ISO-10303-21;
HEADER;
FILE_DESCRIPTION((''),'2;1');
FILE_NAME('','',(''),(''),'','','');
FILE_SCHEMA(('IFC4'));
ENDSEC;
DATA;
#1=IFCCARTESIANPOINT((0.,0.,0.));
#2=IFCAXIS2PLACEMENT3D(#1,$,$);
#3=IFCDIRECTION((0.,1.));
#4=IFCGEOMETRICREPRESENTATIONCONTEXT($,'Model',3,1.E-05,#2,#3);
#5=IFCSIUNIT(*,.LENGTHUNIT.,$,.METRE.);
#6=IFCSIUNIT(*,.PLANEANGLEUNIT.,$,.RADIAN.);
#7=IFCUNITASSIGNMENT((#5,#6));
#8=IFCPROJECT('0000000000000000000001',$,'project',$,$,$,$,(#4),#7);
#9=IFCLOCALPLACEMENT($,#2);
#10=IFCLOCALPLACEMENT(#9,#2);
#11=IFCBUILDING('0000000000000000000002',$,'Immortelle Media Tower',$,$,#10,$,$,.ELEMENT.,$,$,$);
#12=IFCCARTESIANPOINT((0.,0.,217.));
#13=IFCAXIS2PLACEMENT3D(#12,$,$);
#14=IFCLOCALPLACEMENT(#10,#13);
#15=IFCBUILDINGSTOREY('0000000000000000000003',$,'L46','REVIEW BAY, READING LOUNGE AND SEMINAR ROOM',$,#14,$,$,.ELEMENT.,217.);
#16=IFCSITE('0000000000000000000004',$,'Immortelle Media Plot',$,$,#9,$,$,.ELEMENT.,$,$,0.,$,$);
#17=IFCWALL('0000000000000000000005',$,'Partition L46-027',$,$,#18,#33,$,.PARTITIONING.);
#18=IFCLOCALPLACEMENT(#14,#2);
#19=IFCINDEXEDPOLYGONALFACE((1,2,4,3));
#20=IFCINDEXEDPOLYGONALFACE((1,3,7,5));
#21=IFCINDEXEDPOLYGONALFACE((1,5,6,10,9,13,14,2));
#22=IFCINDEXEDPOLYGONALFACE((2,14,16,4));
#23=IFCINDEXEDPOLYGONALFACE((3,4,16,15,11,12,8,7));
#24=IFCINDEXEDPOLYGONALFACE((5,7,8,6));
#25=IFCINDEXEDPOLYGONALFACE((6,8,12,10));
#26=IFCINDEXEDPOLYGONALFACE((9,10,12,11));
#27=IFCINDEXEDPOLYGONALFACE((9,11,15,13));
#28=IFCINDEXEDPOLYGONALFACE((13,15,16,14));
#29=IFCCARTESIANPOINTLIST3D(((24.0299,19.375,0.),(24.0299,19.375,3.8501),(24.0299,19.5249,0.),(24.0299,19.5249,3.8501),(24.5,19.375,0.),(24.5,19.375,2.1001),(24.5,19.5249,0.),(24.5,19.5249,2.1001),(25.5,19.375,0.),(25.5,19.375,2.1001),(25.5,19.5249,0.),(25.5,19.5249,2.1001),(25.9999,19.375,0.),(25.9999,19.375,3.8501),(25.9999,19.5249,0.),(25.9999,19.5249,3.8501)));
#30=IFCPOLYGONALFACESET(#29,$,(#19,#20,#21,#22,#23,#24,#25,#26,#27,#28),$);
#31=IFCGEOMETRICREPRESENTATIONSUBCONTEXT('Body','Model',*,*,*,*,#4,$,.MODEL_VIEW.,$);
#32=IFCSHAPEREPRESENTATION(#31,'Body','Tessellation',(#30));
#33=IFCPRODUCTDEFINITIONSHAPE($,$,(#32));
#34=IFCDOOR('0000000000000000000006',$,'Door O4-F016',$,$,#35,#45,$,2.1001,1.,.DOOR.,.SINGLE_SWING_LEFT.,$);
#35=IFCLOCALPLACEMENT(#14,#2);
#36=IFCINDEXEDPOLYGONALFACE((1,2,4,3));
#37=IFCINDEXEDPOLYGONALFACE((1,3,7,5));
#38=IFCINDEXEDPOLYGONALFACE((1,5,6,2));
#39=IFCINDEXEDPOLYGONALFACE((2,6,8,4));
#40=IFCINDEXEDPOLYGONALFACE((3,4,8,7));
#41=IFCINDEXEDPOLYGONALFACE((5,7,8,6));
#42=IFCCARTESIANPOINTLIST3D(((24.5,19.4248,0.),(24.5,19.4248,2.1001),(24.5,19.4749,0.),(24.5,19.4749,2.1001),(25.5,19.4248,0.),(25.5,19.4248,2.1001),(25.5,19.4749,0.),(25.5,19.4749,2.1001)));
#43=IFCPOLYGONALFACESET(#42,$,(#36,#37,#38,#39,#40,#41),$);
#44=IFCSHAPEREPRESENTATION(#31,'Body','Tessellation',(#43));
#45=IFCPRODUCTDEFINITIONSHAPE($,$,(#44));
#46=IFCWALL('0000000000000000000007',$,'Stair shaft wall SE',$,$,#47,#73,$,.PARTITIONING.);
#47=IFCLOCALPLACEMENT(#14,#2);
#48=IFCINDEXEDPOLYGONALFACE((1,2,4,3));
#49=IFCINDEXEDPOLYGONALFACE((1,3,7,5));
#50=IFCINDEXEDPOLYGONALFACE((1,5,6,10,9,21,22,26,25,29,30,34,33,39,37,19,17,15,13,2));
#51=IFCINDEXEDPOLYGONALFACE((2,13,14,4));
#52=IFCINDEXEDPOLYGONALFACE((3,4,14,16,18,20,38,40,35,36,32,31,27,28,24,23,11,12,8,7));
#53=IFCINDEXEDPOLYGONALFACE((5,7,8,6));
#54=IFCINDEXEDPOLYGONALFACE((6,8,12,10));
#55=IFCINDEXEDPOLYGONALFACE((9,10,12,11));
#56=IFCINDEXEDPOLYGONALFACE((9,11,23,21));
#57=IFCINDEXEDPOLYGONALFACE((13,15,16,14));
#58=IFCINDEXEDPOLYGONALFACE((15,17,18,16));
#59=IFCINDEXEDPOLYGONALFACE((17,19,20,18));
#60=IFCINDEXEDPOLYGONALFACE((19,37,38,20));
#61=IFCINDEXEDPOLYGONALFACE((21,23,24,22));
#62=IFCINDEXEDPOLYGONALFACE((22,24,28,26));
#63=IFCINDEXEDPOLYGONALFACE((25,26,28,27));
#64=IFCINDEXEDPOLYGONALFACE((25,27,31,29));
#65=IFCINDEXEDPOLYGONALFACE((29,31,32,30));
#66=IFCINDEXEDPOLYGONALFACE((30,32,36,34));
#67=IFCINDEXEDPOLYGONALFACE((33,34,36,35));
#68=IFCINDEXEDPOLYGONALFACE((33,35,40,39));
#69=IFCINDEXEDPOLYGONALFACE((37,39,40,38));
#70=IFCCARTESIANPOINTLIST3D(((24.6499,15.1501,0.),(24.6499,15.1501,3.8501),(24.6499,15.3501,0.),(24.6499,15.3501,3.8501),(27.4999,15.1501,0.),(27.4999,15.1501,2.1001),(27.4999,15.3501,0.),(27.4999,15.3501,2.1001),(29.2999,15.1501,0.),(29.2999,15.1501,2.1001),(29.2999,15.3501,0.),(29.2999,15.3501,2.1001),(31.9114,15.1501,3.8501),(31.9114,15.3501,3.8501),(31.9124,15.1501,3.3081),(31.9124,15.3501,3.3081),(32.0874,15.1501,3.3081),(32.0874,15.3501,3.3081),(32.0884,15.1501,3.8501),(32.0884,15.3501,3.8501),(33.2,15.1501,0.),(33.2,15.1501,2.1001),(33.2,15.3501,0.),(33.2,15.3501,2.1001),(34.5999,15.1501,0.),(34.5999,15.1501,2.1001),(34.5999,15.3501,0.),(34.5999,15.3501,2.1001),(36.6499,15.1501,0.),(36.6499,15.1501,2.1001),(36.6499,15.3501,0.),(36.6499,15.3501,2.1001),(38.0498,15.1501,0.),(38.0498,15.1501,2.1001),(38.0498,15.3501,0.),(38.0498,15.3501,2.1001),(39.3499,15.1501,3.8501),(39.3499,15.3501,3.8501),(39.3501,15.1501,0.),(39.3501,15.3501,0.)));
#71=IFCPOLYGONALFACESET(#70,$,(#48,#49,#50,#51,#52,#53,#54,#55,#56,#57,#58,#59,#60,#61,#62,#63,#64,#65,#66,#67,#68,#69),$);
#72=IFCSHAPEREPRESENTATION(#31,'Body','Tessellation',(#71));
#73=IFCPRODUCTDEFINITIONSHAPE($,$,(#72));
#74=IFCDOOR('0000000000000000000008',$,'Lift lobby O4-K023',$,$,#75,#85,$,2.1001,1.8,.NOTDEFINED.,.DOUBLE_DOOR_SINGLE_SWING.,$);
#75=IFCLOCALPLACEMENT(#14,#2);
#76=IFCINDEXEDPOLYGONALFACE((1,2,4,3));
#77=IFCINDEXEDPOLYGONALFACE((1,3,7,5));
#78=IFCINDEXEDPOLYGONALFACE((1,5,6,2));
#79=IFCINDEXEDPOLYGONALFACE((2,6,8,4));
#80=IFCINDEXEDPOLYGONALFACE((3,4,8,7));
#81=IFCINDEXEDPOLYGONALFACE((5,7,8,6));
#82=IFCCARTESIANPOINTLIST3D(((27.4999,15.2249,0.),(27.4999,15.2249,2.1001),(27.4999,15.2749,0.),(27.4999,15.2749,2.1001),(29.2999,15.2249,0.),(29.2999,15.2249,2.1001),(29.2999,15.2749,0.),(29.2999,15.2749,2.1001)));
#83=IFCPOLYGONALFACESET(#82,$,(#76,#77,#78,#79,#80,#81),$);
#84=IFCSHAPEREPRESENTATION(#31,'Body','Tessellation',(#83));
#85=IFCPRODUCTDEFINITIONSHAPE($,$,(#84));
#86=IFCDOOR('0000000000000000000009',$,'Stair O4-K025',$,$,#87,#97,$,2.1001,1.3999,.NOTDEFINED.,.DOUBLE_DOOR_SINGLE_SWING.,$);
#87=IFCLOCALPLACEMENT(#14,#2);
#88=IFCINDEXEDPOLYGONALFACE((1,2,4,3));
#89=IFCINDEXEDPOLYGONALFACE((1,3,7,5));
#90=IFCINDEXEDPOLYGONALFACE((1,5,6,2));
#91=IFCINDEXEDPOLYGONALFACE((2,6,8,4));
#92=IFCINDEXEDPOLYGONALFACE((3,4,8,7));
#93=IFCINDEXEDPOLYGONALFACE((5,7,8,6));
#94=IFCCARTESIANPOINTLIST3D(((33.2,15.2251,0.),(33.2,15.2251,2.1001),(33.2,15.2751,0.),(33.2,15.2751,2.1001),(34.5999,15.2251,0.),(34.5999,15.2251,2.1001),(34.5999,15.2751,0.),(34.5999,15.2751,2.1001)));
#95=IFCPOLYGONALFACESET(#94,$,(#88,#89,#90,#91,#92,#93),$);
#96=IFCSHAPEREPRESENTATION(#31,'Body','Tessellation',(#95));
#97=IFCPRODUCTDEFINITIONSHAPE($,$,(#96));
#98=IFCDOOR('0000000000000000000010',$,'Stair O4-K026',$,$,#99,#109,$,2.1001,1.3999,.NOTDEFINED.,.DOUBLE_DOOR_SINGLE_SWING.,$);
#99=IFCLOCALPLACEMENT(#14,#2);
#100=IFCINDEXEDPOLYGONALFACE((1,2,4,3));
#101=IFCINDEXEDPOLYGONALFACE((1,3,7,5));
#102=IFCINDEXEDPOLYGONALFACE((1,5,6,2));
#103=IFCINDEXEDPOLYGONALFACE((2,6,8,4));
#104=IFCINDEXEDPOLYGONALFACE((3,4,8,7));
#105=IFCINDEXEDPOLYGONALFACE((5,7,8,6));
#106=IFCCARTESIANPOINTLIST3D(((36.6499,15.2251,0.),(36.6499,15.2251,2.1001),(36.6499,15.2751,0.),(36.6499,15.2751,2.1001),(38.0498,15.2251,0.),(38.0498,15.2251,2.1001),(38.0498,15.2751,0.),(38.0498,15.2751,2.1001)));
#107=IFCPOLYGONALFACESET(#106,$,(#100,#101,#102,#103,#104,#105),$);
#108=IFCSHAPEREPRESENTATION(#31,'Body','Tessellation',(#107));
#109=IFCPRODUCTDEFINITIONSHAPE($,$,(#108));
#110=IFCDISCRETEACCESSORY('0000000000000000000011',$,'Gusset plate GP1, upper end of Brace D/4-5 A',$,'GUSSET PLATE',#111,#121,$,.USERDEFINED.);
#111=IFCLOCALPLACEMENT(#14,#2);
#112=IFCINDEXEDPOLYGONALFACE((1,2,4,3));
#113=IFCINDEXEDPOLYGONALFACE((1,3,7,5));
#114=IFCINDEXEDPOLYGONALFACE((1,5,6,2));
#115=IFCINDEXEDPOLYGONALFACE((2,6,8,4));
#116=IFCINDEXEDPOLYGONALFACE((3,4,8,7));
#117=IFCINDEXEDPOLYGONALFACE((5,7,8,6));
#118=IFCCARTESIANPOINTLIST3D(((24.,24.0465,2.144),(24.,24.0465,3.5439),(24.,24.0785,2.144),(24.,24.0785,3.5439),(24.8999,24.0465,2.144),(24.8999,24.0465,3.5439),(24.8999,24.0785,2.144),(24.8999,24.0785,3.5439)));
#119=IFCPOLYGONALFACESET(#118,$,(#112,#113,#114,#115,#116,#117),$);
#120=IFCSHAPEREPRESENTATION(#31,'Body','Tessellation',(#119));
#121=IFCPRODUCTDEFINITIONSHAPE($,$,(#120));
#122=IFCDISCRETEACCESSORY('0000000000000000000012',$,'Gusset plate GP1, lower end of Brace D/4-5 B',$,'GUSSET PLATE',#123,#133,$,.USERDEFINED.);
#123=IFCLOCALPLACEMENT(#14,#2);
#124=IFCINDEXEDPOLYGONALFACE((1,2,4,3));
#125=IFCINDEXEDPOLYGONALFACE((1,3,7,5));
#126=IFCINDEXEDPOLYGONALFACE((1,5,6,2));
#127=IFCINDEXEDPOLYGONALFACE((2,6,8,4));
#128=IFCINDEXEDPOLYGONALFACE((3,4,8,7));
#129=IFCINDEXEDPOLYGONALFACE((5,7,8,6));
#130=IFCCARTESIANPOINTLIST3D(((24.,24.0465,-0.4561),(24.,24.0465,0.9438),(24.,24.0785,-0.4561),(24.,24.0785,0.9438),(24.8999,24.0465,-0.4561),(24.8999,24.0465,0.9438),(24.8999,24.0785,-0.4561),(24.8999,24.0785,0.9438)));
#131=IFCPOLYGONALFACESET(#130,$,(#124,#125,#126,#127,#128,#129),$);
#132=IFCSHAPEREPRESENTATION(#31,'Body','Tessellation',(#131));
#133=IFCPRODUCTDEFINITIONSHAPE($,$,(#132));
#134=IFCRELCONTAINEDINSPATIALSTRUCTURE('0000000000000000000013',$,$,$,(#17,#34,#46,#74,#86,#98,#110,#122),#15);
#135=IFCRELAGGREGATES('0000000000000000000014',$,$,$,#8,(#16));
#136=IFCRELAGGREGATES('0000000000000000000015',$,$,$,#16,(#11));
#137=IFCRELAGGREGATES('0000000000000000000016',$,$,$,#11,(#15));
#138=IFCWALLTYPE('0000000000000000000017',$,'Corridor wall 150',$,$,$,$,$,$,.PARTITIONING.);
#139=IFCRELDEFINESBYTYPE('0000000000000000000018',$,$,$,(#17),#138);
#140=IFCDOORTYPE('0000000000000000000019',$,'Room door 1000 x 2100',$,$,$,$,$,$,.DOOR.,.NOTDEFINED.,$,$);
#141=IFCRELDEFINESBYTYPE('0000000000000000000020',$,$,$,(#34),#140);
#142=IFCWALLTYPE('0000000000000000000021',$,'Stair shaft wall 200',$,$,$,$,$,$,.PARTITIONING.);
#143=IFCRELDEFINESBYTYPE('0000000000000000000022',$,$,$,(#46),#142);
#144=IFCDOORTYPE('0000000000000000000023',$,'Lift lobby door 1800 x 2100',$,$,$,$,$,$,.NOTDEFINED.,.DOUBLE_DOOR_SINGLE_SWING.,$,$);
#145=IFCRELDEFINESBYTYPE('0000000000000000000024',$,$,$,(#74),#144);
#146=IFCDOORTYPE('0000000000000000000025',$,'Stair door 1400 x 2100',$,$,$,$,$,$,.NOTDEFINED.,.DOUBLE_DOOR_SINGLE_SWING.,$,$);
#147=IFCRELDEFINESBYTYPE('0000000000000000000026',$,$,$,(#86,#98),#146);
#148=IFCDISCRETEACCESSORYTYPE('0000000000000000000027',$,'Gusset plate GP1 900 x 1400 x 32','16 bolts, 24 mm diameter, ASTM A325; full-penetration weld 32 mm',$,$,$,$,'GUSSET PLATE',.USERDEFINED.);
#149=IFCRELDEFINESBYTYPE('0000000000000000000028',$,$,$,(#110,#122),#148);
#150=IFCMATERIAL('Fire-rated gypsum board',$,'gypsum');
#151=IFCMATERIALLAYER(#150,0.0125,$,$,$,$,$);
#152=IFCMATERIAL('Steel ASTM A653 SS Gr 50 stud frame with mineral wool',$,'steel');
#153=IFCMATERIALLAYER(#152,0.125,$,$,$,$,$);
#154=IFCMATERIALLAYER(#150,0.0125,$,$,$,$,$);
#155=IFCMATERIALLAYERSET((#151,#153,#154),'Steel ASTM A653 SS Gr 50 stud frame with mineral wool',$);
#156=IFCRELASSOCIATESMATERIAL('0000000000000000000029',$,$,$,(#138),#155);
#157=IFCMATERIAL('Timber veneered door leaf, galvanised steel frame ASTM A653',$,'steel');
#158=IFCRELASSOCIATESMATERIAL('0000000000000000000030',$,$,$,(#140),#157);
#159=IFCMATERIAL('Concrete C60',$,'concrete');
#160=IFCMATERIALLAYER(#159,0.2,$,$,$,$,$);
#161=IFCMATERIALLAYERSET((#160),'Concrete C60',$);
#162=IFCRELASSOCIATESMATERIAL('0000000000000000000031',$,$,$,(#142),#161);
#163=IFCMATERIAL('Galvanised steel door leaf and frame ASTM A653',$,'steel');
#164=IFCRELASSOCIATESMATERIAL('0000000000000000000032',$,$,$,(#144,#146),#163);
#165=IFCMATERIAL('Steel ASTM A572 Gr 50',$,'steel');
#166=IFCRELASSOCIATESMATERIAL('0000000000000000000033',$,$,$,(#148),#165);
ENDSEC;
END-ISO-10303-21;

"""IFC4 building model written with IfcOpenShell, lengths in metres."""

from ifc_helpers import new_model, si_unit, direction, frame, frame_2d, origin, origin_2d, place, context, subcontext, project, spatial, polyline, rectangle, outline, extrude, material, layer, layer_set, material_profile, profile_set, type_object, element, fill, save


model = new_model("IFC4")

# Units and contexts
model_context = context("Model", 3, precision=1e-05, world=origin(), true_north=direction((0.0, 1.0)))
body_context = subcontext(model_context, "Body", "Model", "MODEL_VIEW")
ifc_project = project(units=[si_unit("LENGTHUNIT", "METRE"), si_unit("PLANEANGLEUNIT", "RADIAN")], contexts=[model_context])

# Site, building, storey
site_placement = place(None, origin())
site = spatial("IfcSite", under=ifc_project, at=site_placement, Name="Immortelle Media Plot", CompositionType="ELEMENT", RefElevation=0.0)
building_placement = place(site_placement, origin())
building = spatial("IfcBuilding", under=site, at=building_placement, Name="Immortelle Media Tower", CompositionType="ELEMENT")
storey_placement = place(building_placement, frame((0.0, 0.0, 217.0)))
storey = spatial("IfcBuildingStorey", under=building, at=storey_placement, Name="L46", Description="REVIEW BAY, READING LOUNGE AND SEMINAR ROOM", CompositionType="ELEMENT", Elevation=217.0)

# Shared definitions
ifc_material_1 = material(Name="Fire-rated gypsum board", Category="gypsum")
ifc_material_2 = material(Name="Steel ASTM A653 SS Gr 50 stud frame with mineral wool", Category="steel")

# Wall, opening, door
ifc_layer_1 = layer(ifc_material_1, 0.0125)
ifc_layer_2 = layer(ifc_material_2, 0.125)
ifc_layer_3 = layer(ifc_material_1, 0.0125)
ifc_layer_set_1 = layer_set([ifc_layer_1, ifc_layer_2, ifc_layer_3], Name="Steel ASTM A653 SS Gr 50 stud frame with mineral wool")
wall_type_1 = type_object("IfcWallType", Name="Corridor wall 150", PredefinedType="PARTITIONING", material=ifc_layer_set_1)
wall_1_placement = place(storey_placement, frame((24.03, 19.45, 0.0), z_axis=(0.0, 0.0, 1.0), x_axis=(1.0, 0.0, 0.0)))
wall_1 = element("IfcWall", 1, at=wall_1_placement, inside=storey, type_object=wall_type_1, Name="Partition L46-027", PredefinedType="PARTITIONING", context=body_context, shape_type="SweptSolid", body=[
    extrude(rectangle(XDim=1.97, YDim=0.1499, at=frame_2d((0.9849, 0.0))), origin(), (0.0, 0.0, 1.0), 3.8501),
])
opening_1_placement = place(wall_1_placement, frame((0.47, 0.0, 0.0)))
opening_1 = element("IfcOpeningElement", 2, at=opening_1_placement, cuts=wall_1, PredefinedType="OPENING", context=body_context, shape_type="SweptSolid", body=[
    extrude(rectangle(XDim=1.0, YDim=2.1001, at=frame_2d((0.5, 1.05))), frame((0.0, 0.085, 0.0), z_axis=(0.0, -1.0, 0.0), x_axis=(1.0, 0.0, 0.0)), (0.0, 0.0, 1.0), 0.1699),
])
ifc_material_3 = material(Name="Timber veneered door leaf, galvanised steel frame ASTM A653", Category="steel")
door_type_1 = type_object("IfcDoorType", Name="Room door 1000 x 2100", OperationType="NOTDEFINED", PredefinedType="DOOR", material=ifc_material_3)
door_1_placement = place(opening_1_placement, origin())
door_1 = element("IfcDoor", 3, at=door_1_placement, inside=storey, type_object=door_type_1, Name="Door O4-F016", OperationType="SINGLE_SWING_LEFT", OverallHeight=2.1001, OverallWidth=1.0, PredefinedType="DOOR", context=body_context, shape_type="SweptSolid", body=[
    extrude(rectangle(XDim=1.0, YDim=2.1001, at=frame_2d((0.5, 1.05))), frame((0.0, 0.0249, 0.0), z_axis=(0.0, -1.0, 0.0), x_axis=(1.0, 0.0, 0.0)), (0.0, 0.0, 1.0), 0.05),
])
fill(opening_1, door_1)

# Wall, openings, doors
ifc_material_4 = material(Name="Concrete C60", Category="concrete")
ifc_layer_4 = layer(ifc_material_4, 0.2)
ifc_layer_set_2 = layer_set([ifc_layer_4], Name="Concrete C60")
wall_type_2 = type_object("IfcWallType", Name="Stair shaft wall 200", PredefinedType="PARTITIONING", material=ifc_layer_set_2)
wall_2_placement = place(storey_placement, frame((24.6499, 15.25, 0.0), z_axis=(0.0, 0.0, 1.0), x_axis=(1.0, 0.0, 0.0)))
wall_2 = element("IfcWall", 4, at=wall_2_placement, inside=storey, type_object=wall_type_2, Name="Stair shaft wall SE", PredefinedType="PARTITIONING", context=body_context, shape_type="SweptSolid", body=[
    extrude(outline(polyline([(0.0, 0.0), (14.7002, 0.0), (14.7, 3.8501), (7.4385, 3.8501), (7.4375, 3.3081), (7.2625, 3.3081), (7.2615, 3.8501), (0.0, 3.8501), (0.0, 0.0)])), frame((0.0, 0.1001, 0.0), z_axis=(0.0, -1.0, 0.0), x_axis=(1.0, 0.0, 0.0)), (0.0, 0.0, 1.0), 0.2),
])
opening_2_placement = place(wall_2_placement, frame((2.8501, 0.0, 0.0)))
opening_2 = element("IfcOpeningElement", 5, at=opening_2_placement, cuts=wall_2, PredefinedType="OPENING", context=body_context, shape_type="SweptSolid", body=[
    extrude(rectangle(XDim=1.8, YDim=2.1001, at=frame_2d((0.8999, 1.05))), frame((0.0, 0.1099, 0.0), z_axis=(0.0, -1.0, 0.0), x_axis=(1.0, 0.0, 0.0)), (0.0, 0.0, 1.0), 0.22),
])
opening_3_placement = place(wall_2_placement, frame((9.95, 0.0, 0.0), z_axis=(0.0, 0.0, 1.0), x_axis=(-1.0, 0.0, 0.0)))
opening_3 = element("IfcOpeningElement", 6, at=opening_3_placement, cuts=wall_2, PredefinedType="OPENING", context=body_context, shape_type="SweptSolid", body=[
    extrude(rectangle(XDim=1.3999, YDim=2.1001, at=frame_2d((0.7, 1.05))), frame((0.0, 0.1099, 0.0), z_axis=(0.0, -1.0, 0.0), x_axis=(1.0, 0.0, 0.0)), (0.0, 0.0, 1.0), 0.22),
])
opening_4_placement = place(wall_2_placement, frame((13.3999, 0.0, 0.0), z_axis=(0.0, 0.0, 1.0), x_axis=(-1.0, 0.0, 0.0)))
opening_4 = element("IfcOpeningElement", 7, at=opening_4_placement, cuts=wall_2, PredefinedType="OPENING", context=body_context, shape_type="SweptSolid", body=[
    extrude(rectangle(XDim=1.3999, YDim=2.1001, at=frame_2d((0.7, 1.05))), frame((0.0, 0.1099, 0.0), z_axis=(0.0, -1.0, 0.0), x_axis=(1.0, 0.0, 0.0)), (0.0, 0.0, 1.0), 0.22),
])
ifc_material_5 = material(Name="Galvanised steel door leaf and frame ASTM A653", Category="steel")
door_type_2 = type_object("IfcDoorType", Name="Lift lobby door 1800 x 2100", OperationType="DOUBLE_DOOR_SINGLE_SWING", PredefinedType="NOTDEFINED", material=ifc_material_5)
door_2_placement = place(opening_2_placement, origin())
door_2 = element("IfcDoor", 8, at=door_2_placement, inside=storey, type_object=door_type_2, Name="Lift lobby O4-K023", OperationType="DOUBLE_DOOR_SINGLE_SWING", OverallHeight=2.1001, OverallWidth=1.8, PredefinedType="NOTDEFINED", context=body_context, shape_type="SweptSolid", body=[
    extrude(rectangle(XDim=1.8, YDim=2.1001, at=frame_2d((0.8999, 1.05))), frame((0.0, 0.0249, 0.0), z_axis=(0.0, -1.0, 0.0), x_axis=(1.0, 0.0, 0.0)), (0.0, 0.0, 1.0), 0.05),
])
fill(opening_2, door_2)
door_type_3 = type_object("IfcDoorType", Name="Stair door 1400 x 2100", OperationType="DOUBLE_DOOR_SINGLE_SWING", PredefinedType="NOTDEFINED", material=ifc_material_5)
door_3_placement = place(opening_3_placement, origin())
door_3 = element("IfcDoor", 9, at=door_3_placement, inside=storey, type_object=door_type_3, Name="Stair O4-K025", OperationType="DOUBLE_DOOR_SINGLE_SWING", OverallHeight=2.1001, OverallWidth=1.3999, PredefinedType="NOTDEFINED", context=body_context, shape_type="SweptSolid", body=[
    extrude(rectangle(XDim=1.3999, YDim=2.1001, at=frame_2d((0.7, 1.05))), frame((0.0, 0.0249, 0.0), z_axis=(0.0, -1.0, 0.0), x_axis=(1.0, 0.0, 0.0)), (0.0, 0.0, 1.0), 0.05),
])
fill(opening_3, door_3)
door_4_placement = place(opening_4_placement, origin())
door_4 = element("IfcDoor", 10, at=door_4_placement, inside=storey, type_object=door_type_3, Name="Stair O4-K026", OperationType="DOUBLE_DOOR_SINGLE_SWING", OverallHeight=2.1001, OverallWidth=1.3999, PredefinedType="NOTDEFINED", context=body_context, shape_type="SweptSolid", body=[
    extrude(rectangle(XDim=1.3999, YDim=2.1001, at=frame_2d((0.7, 1.05))), frame((0.0, 0.0249, 0.0), z_axis=(0.0, -1.0, 0.0), x_axis=(1.0, 0.0, 0.0)), (0.0, 0.0, 1.0), 0.05),
])
fill(opening_4, door_4)

# Discrete accessories
ifc_material_6 = material(Name="Steel ASTM A572 Gr 50", Category="steel")
ifc_material_profile_1 = material_profile(ifc_material_6, rectangle(XDim=0.032, YDim=1.3999, at=origin_2d()), Name="PL 32 x 1400")
ifc_profile_set_1 = profile_set([ifc_material_profile_1], Name="Steel ASTM A572 Gr 50")
discrete_accessory_type = type_object("IfcDiscreteAccessoryType", Name="Gusset plate GP1 900 x 1400 x 32", Description="16 bolts, 24 mm diameter, ASTM A325; full-penetration weld 32 mm", ElementType="GUSSET PLATE", PredefinedType="USERDEFINED", material=ifc_profile_set_1)
for number, where, z_axis, x_axis, name in (
    (11, (24.0, 24.0625, 2.844), (1.0, 0.0, 0.0), (0.0, 1.0, 0.0), "Gusset plate GP1, upper end of Brace D/4-5 A"),
    (12, (24.0, 24.0625, 0.2439), (1.0, 0.0, 0.0), (0.0, 1.0, 0.0), "Gusset plate GP1, lower end of Brace D/4-5 B"),
):
    element("IfcDiscreteAccessory", number, at=place(storey_placement, frame(where, z_axis=z_axis, x_axis=x_axis)), inside=storey, type_object=discrete_accessory_type, Name=name, ObjectType="GUSSET PLATE", PredefinedType="USERDEFINED", context=body_context, shape_type="SweptSolid", body=[
        extrude(rectangle(XDim=0.032, YDim=1.3999, at=origin_2d()), origin(), (0.0, 0.0, 1.0), 0.8999),
    ])

save(model, "model.ifc")
